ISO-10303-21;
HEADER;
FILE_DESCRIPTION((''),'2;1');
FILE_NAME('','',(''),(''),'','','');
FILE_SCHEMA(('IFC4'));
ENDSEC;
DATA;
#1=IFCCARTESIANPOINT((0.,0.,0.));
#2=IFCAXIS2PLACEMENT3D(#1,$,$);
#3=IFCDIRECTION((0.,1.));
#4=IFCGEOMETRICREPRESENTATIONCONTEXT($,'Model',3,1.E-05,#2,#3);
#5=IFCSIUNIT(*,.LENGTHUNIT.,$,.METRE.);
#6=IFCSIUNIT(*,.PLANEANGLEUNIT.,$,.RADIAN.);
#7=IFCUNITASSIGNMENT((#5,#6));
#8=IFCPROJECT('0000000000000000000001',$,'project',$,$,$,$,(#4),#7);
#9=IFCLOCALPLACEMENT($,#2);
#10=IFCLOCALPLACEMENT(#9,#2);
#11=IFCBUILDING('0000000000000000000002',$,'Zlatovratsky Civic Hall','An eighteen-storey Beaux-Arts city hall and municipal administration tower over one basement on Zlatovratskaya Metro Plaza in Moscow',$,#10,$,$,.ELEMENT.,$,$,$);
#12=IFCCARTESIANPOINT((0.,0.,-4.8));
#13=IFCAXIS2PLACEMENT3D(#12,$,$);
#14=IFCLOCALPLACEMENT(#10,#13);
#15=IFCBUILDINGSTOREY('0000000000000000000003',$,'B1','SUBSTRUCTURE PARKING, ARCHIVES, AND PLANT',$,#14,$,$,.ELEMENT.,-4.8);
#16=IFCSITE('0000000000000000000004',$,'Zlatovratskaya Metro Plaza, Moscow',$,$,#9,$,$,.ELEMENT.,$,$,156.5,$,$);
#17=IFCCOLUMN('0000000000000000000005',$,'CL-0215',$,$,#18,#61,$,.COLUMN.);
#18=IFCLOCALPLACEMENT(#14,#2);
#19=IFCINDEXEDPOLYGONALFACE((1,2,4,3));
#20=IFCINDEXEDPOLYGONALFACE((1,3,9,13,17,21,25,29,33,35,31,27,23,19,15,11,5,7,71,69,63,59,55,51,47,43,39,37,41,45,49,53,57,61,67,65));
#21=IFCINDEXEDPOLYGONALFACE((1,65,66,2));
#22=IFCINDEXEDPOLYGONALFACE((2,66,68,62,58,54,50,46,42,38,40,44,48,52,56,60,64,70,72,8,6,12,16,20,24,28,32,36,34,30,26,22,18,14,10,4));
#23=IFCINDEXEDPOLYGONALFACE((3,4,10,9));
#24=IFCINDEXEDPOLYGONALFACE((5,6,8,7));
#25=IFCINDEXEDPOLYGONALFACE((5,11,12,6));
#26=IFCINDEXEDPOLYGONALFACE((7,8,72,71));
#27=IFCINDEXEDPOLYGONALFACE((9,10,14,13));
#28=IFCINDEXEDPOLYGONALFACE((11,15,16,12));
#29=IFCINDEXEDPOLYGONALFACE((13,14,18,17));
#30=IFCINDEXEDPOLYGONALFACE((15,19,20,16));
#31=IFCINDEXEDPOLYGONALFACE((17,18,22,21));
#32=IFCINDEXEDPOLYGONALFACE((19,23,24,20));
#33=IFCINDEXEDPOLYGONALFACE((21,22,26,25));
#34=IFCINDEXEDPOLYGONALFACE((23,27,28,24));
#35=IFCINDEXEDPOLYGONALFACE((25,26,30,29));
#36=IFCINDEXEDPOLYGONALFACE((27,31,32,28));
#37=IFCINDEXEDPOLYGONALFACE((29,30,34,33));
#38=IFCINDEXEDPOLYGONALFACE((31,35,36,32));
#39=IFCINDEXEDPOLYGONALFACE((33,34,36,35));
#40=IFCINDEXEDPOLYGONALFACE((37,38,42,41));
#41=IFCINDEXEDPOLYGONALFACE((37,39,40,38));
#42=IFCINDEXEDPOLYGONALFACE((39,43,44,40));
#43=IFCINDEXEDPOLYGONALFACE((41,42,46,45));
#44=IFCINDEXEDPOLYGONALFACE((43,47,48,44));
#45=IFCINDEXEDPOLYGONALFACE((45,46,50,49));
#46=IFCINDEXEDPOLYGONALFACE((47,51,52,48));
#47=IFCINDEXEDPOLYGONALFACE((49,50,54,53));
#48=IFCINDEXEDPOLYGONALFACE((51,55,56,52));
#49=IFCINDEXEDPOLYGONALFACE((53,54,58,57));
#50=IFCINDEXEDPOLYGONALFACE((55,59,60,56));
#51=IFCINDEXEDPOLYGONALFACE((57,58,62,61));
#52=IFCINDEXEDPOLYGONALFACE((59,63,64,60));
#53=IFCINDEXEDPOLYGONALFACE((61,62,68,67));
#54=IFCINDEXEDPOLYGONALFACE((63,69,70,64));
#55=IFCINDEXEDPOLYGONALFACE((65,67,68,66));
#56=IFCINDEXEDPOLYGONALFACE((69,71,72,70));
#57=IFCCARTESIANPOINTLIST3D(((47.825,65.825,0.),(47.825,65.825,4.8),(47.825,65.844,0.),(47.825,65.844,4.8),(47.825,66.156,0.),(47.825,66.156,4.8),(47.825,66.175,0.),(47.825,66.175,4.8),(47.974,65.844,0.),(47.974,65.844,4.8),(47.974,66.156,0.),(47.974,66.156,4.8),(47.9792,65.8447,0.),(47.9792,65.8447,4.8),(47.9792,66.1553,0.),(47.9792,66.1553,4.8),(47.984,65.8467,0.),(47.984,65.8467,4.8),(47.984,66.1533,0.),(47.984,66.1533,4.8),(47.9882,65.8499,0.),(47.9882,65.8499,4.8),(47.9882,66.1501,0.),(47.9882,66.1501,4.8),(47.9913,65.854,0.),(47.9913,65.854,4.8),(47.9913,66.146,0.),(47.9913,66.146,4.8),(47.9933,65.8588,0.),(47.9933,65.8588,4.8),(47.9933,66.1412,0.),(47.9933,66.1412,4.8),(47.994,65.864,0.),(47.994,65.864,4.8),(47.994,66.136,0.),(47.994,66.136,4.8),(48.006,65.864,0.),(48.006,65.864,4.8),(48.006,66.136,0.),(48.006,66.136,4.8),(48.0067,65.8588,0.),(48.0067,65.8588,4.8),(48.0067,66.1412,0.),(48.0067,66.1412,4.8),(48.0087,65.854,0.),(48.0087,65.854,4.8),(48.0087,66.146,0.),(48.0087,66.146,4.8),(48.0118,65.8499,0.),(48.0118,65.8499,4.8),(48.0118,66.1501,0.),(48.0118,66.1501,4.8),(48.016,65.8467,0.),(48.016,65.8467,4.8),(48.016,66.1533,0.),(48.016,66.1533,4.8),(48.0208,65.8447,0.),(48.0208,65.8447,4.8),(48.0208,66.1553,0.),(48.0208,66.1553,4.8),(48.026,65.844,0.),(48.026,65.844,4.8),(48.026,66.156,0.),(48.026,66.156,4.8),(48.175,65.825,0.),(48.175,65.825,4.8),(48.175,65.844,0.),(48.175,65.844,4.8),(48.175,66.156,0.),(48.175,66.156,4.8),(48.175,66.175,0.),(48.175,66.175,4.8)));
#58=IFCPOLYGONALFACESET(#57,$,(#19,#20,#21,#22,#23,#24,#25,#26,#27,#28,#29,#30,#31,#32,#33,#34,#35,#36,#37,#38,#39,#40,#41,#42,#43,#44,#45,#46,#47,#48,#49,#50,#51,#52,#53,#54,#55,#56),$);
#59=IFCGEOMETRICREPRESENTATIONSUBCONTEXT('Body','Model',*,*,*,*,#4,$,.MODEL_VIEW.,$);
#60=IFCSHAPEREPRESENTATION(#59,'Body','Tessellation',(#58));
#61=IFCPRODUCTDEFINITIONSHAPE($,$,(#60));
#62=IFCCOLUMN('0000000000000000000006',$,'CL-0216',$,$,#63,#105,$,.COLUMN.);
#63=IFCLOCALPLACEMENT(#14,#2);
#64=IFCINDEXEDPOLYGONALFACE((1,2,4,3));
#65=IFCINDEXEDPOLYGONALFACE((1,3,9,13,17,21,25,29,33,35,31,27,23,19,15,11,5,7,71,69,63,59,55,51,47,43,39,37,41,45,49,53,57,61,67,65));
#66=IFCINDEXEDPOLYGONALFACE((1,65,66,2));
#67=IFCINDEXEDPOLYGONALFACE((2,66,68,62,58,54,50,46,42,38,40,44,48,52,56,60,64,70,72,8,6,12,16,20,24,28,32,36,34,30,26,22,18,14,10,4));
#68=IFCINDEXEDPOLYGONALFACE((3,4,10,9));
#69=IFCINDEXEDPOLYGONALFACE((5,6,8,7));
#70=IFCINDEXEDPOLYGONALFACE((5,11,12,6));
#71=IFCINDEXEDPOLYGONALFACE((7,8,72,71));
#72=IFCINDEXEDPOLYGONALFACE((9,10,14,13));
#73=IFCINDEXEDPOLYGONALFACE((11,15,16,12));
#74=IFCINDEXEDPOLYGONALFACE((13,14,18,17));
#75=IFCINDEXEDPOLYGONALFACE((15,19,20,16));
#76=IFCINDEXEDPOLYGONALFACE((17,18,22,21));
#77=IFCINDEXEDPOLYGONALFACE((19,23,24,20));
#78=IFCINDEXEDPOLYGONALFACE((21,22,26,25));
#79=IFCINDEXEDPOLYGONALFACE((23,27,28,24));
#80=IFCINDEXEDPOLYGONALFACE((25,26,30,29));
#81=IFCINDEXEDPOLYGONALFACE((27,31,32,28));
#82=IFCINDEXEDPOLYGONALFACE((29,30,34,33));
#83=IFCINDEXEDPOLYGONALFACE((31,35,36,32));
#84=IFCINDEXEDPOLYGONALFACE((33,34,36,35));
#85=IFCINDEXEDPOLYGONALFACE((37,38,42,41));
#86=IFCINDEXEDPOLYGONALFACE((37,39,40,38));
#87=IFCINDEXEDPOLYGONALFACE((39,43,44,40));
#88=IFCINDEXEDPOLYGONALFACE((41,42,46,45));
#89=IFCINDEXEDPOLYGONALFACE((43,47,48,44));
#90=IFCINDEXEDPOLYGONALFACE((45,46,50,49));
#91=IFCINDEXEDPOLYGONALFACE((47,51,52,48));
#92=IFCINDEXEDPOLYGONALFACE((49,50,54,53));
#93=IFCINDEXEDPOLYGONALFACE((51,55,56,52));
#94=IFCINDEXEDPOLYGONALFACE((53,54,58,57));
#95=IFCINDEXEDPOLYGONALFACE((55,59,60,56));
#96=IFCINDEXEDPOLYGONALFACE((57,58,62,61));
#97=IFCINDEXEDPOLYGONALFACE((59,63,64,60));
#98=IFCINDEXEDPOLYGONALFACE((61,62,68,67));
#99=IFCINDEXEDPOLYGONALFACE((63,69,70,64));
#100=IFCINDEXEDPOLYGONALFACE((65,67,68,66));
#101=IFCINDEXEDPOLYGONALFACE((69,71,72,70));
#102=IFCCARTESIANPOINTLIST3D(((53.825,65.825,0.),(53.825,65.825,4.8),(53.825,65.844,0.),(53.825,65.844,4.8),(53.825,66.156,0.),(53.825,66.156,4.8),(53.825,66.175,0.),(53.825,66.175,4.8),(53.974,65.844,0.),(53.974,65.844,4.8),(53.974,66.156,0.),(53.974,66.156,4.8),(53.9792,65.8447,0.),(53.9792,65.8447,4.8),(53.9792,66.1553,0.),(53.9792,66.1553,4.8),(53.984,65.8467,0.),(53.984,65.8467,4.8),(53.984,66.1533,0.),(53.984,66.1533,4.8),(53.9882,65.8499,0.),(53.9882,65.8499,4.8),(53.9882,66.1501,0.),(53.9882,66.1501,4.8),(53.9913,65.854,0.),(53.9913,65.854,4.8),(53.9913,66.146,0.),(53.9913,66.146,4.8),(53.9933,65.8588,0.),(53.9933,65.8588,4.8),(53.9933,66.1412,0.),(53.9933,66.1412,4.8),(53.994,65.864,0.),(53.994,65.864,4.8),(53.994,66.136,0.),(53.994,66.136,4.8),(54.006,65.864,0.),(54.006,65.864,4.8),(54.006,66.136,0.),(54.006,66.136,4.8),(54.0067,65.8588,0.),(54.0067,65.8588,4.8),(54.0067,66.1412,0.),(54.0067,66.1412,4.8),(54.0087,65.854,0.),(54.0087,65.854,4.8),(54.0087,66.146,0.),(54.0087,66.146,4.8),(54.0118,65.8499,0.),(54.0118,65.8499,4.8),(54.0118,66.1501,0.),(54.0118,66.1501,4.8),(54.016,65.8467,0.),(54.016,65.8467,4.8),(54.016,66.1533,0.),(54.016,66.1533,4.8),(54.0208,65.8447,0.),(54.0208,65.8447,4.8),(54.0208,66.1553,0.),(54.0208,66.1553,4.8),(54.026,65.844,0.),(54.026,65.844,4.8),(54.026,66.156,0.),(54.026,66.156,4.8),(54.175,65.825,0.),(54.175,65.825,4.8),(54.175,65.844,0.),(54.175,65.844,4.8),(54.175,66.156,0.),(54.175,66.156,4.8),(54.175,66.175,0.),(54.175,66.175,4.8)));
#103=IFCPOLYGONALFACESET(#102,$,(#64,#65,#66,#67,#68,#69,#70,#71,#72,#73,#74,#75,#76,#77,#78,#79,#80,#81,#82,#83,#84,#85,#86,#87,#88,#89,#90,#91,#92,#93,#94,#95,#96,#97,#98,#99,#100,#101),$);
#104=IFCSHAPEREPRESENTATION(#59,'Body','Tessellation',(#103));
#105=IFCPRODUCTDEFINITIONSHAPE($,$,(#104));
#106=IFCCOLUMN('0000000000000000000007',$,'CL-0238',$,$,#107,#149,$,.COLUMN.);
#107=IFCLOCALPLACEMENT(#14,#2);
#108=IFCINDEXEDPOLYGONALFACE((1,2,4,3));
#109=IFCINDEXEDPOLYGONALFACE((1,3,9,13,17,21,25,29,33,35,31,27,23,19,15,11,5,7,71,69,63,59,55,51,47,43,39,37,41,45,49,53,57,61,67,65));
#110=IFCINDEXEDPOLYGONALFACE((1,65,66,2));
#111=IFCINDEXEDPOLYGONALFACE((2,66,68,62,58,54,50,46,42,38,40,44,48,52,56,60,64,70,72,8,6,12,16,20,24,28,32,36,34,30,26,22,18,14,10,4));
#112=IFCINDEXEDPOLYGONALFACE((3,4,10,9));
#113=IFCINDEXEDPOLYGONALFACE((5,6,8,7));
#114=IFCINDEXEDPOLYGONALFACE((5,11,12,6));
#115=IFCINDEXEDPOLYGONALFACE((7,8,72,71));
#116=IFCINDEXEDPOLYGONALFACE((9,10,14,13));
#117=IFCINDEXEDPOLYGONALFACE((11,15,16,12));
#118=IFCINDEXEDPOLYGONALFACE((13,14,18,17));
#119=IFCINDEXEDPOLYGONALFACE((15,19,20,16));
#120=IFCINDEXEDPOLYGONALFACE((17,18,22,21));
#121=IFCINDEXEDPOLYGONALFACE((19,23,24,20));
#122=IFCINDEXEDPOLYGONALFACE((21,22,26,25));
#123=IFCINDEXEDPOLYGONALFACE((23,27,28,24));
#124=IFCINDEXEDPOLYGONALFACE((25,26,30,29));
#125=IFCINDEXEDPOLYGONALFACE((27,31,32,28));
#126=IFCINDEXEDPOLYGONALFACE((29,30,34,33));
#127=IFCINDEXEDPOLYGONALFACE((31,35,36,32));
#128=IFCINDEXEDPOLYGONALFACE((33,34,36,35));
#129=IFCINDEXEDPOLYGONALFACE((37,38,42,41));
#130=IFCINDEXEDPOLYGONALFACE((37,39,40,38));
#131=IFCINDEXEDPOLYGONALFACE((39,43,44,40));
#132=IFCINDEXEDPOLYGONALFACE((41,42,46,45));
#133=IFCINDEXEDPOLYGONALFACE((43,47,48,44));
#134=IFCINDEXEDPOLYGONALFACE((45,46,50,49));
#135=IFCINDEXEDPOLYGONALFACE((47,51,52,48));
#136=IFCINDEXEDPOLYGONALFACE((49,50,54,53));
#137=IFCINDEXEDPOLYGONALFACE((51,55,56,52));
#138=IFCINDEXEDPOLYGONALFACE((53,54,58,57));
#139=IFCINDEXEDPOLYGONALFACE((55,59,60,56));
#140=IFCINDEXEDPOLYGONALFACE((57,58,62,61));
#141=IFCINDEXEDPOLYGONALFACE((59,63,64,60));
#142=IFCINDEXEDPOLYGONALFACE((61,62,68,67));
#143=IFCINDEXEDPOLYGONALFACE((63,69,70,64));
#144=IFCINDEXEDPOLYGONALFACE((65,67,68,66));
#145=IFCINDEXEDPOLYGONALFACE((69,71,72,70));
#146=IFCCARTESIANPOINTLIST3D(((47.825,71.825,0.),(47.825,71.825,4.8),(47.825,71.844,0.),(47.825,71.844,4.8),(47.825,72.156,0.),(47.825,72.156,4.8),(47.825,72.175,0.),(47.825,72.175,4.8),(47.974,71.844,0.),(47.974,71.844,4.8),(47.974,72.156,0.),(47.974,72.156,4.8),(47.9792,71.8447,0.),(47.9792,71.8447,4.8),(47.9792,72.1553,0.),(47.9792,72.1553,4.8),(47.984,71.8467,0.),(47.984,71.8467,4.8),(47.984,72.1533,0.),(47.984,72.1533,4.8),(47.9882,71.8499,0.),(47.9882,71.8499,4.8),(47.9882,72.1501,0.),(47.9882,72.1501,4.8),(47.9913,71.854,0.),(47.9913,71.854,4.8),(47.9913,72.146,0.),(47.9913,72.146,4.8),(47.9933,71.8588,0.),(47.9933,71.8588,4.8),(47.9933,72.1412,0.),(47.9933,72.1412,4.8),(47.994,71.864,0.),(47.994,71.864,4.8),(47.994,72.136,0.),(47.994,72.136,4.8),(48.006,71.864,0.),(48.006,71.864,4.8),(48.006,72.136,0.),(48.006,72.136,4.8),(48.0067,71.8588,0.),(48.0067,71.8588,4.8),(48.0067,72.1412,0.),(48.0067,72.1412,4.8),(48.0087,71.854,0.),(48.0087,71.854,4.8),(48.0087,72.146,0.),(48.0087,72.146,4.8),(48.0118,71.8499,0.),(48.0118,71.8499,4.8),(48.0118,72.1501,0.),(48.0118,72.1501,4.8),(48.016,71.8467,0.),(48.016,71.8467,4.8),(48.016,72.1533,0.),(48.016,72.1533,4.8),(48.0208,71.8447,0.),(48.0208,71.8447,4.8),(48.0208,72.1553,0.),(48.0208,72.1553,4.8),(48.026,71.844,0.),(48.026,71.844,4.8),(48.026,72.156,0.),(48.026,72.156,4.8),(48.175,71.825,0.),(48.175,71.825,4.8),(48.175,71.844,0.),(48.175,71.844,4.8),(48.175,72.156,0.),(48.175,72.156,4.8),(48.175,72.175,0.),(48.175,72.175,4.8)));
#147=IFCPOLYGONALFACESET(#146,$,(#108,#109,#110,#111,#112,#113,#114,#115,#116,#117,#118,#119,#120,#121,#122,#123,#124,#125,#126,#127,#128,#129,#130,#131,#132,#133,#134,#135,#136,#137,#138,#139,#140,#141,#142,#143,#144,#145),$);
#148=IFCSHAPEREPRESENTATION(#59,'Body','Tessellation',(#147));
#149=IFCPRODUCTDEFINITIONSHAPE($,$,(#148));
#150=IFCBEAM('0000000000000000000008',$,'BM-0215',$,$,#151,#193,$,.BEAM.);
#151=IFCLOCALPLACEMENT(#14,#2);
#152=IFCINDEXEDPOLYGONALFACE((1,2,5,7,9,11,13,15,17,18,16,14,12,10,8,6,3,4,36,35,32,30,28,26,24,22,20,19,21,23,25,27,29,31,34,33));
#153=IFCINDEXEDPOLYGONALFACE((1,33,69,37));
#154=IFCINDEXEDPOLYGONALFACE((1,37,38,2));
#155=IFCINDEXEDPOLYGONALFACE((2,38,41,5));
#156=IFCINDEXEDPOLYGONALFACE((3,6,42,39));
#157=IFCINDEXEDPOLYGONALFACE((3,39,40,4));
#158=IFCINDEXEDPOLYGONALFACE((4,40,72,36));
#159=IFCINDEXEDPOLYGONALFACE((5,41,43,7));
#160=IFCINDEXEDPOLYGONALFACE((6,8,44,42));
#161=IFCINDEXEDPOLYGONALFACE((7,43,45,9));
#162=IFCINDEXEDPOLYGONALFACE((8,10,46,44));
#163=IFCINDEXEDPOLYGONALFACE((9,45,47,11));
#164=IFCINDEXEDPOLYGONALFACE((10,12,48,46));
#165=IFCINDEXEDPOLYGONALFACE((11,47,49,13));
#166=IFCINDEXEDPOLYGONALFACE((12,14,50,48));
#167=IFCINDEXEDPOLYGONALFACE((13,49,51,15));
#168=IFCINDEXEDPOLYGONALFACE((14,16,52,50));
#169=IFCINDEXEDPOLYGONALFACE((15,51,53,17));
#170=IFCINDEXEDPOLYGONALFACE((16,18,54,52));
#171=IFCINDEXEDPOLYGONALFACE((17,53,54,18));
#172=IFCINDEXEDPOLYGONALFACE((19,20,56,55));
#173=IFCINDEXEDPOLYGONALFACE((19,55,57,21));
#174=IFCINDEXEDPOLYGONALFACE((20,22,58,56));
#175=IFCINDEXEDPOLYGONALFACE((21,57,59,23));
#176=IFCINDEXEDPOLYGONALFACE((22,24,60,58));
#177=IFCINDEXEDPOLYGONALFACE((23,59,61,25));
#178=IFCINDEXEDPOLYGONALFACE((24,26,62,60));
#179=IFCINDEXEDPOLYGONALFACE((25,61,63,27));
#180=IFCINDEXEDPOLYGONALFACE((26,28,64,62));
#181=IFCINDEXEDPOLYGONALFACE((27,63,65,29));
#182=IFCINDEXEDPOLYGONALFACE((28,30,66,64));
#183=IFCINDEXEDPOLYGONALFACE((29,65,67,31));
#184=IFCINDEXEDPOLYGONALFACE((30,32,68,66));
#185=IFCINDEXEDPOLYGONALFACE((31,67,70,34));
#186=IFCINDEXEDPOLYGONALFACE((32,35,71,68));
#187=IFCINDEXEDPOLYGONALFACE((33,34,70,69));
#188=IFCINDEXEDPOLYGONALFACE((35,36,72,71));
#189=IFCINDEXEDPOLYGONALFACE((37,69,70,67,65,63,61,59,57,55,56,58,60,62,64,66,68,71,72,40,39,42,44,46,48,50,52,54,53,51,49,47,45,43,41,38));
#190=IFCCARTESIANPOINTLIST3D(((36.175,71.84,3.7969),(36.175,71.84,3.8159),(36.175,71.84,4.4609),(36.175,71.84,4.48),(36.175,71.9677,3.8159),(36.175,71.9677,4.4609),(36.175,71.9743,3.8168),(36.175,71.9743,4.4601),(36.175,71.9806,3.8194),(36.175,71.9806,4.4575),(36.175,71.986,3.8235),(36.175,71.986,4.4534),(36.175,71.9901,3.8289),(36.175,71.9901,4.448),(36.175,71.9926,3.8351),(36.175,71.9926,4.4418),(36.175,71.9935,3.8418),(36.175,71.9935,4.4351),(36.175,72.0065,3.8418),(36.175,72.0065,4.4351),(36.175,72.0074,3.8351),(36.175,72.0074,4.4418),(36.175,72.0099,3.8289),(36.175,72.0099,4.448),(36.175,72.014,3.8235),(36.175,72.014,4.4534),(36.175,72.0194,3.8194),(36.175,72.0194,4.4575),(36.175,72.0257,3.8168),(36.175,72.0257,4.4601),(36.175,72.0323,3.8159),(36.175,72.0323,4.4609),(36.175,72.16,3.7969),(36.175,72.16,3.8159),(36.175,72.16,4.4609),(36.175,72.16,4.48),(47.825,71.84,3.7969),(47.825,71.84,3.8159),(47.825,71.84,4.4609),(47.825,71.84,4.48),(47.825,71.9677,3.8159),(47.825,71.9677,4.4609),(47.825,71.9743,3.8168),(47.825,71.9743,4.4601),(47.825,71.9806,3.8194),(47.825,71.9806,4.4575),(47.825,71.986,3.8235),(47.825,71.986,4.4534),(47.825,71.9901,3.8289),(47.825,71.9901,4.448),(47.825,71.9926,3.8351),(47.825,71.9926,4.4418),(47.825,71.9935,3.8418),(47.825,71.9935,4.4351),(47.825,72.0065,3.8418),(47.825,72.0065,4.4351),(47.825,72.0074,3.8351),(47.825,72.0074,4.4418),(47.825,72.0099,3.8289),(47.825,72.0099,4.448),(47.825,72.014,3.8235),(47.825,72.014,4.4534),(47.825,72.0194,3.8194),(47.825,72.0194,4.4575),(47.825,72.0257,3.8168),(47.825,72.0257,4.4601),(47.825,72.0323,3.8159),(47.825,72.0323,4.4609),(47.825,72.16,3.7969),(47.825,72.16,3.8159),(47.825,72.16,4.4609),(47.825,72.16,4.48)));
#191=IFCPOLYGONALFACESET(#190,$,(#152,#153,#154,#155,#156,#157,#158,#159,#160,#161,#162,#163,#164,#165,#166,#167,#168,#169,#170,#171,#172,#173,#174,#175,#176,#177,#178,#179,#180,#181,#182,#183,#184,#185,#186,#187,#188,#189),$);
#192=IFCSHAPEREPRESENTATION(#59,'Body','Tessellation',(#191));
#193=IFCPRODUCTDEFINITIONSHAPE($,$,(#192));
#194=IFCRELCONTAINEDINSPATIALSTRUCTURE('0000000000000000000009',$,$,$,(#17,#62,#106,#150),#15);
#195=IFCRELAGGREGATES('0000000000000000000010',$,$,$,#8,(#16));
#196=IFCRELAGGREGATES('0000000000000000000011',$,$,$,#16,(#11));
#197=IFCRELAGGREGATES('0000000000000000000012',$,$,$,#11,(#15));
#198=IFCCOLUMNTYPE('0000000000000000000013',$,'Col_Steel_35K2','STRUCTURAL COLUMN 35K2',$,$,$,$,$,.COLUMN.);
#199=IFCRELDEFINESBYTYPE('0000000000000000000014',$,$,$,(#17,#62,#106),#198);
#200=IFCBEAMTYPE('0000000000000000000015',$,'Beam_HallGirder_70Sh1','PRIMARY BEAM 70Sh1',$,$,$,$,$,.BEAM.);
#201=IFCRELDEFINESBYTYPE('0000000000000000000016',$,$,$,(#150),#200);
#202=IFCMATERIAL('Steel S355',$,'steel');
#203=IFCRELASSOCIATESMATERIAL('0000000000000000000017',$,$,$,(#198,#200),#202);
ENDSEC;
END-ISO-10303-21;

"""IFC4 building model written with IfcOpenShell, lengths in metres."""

from ifc_helpers import new_model, si_unit, direction, frame, origin, origin_2d, place, context, subcontext, project, spatial, i_section, extrude, material, material_profile, profile_set, type_object, element, save


model = new_model("IFC4")

# Units and contexts
model_context = context("Model", 3, precision=1e-05, world=origin(), true_north=direction((0.0, 1.0)))
body_context = subcontext(model_context, "Body", "Model", "MODEL_VIEW")
ifc_project = project(units=[si_unit("LENGTHUNIT", "METRE"), si_unit("PLANEANGLEUNIT", "RADIAN")], contexts=[model_context])

# Site, building, storey
site_placement = place(None, origin())
site = spatial("IfcSite", under=ifc_project, at=site_placement, Name="Zlatovratskaya Metro Plaza, Moscow", CompositionType="ELEMENT", RefElevation=156.5)
building_placement = place(site_placement, origin())
building = spatial("IfcBuilding", under=site, at=building_placement, Name="Zlatovratsky Civic Hall", Description="An eighteen-storey Beaux-Arts city hall and municipal administration tower over one basement on Zlatovratskaya Metro Plaza in Moscow", CompositionType="ELEMENT")
storey_placement = place(building_placement, frame((0.0, 0.0, -4.8)))
storey = spatial("IfcBuildingStorey", under=building, at=storey_placement, Name="B1", Description="SUBSTRUCTURE PARKING, ARCHIVES, AND PLANT", CompositionType="ELEMENT", Elevation=-4.8)

# Columns
ifc_material_1 = material(Name="Steel S355", Category="steel")
ifc_material_profile_1 = material_profile(ifc_material_1, i_section(OverallWidth=0.3501, OverallDepth=0.3501, WebThickness=0.012, FlangeThickness=0.019, FilletRadius=0.02, at=origin_2d()), Name="35K2")
ifc_profile_set_1 = profile_set([ifc_material_profile_1], Name="Steel S355")
column_type = type_object("IfcColumnType", Name="Col_Steel_35K2", Description="STRUCTURAL COLUMN 35K2", PredefinedType="COLUMN", material=ifc_profile_set_1)
for number, where, z_axis, x_axis, name in (
    (1, (48.0, 66.0, 0.0), (0.0, 0.0, 1.0), (1.0, 0.0, 0.0), "CL-0215"),
    (2, (54.0, 66.0, 0.0), (0.0, 0.0, 1.0), (1.0, 0.0, 0.0), "CL-0216"),
    (3, (48.0, 72.0, 0.0), (0.0, 0.0, 1.0), (1.0, 0.0, 0.0), "CL-0238"),
):
    element("IfcColumn", number, at=place(storey_placement, frame(where, z_axis=z_axis, x_axis=x_axis)), inside=storey, type_object=column_type, Name=name, PredefinedType="COLUMN", context=body_context, shape_type="SweptSolid", body=[
        extrude(i_section(OverallWidth=0.3501, OverallDepth=0.3501, WebThickness=0.012, FlangeThickness=0.019, FilletRadius=0.02, at=origin_2d()), origin(), (0.0, 0.0, 1.0), 4.8),
    ])

# Beam
ifc_material_profile_2 = material_profile(ifc_material_1, i_section(OverallWidth=0.3201, OverallDepth=0.6831, WebThickness=0.0129, FlangeThickness=0.019, FilletRadius=0.0259, at=origin_2d()), Name="70Sh1")
ifc_profile_set_2 = profile_set([ifc_material_profile_2], Name="Steel S355")
beam_type_1 = type_object("IfcBeamType", Name="Beam_HallGirder_70Sh1", Description="PRIMARY BEAM 70Sh1", PredefinedType="BEAM", material=ifc_profile_set_2)
for number, where, z_axis, x_axis, name in (
    (4, (36.175, 72.0, 4.1384), (1.0, 0.0, 0.0), (0.0, 1.0, 0.0), "BM-0215"),
):
    element("IfcBeam", number, at=place(storey_placement, frame(where, z_axis=z_axis, x_axis=x_axis)), inside=storey, type_object=beam_type_1, Name=name, PredefinedType="BEAM", context=body_context, shape_type="SweptSolid", body=[
        extrude(i_section(OverallWidth=0.3201, OverallDepth=0.6831, WebThickness=0.0129, FlangeThickness=0.019, FilletRadius=0.0259, at=origin_2d()), origin(), (0.0, 0.0, 1.0), 11.6499),
    ])

save(model, "model.ifc")
